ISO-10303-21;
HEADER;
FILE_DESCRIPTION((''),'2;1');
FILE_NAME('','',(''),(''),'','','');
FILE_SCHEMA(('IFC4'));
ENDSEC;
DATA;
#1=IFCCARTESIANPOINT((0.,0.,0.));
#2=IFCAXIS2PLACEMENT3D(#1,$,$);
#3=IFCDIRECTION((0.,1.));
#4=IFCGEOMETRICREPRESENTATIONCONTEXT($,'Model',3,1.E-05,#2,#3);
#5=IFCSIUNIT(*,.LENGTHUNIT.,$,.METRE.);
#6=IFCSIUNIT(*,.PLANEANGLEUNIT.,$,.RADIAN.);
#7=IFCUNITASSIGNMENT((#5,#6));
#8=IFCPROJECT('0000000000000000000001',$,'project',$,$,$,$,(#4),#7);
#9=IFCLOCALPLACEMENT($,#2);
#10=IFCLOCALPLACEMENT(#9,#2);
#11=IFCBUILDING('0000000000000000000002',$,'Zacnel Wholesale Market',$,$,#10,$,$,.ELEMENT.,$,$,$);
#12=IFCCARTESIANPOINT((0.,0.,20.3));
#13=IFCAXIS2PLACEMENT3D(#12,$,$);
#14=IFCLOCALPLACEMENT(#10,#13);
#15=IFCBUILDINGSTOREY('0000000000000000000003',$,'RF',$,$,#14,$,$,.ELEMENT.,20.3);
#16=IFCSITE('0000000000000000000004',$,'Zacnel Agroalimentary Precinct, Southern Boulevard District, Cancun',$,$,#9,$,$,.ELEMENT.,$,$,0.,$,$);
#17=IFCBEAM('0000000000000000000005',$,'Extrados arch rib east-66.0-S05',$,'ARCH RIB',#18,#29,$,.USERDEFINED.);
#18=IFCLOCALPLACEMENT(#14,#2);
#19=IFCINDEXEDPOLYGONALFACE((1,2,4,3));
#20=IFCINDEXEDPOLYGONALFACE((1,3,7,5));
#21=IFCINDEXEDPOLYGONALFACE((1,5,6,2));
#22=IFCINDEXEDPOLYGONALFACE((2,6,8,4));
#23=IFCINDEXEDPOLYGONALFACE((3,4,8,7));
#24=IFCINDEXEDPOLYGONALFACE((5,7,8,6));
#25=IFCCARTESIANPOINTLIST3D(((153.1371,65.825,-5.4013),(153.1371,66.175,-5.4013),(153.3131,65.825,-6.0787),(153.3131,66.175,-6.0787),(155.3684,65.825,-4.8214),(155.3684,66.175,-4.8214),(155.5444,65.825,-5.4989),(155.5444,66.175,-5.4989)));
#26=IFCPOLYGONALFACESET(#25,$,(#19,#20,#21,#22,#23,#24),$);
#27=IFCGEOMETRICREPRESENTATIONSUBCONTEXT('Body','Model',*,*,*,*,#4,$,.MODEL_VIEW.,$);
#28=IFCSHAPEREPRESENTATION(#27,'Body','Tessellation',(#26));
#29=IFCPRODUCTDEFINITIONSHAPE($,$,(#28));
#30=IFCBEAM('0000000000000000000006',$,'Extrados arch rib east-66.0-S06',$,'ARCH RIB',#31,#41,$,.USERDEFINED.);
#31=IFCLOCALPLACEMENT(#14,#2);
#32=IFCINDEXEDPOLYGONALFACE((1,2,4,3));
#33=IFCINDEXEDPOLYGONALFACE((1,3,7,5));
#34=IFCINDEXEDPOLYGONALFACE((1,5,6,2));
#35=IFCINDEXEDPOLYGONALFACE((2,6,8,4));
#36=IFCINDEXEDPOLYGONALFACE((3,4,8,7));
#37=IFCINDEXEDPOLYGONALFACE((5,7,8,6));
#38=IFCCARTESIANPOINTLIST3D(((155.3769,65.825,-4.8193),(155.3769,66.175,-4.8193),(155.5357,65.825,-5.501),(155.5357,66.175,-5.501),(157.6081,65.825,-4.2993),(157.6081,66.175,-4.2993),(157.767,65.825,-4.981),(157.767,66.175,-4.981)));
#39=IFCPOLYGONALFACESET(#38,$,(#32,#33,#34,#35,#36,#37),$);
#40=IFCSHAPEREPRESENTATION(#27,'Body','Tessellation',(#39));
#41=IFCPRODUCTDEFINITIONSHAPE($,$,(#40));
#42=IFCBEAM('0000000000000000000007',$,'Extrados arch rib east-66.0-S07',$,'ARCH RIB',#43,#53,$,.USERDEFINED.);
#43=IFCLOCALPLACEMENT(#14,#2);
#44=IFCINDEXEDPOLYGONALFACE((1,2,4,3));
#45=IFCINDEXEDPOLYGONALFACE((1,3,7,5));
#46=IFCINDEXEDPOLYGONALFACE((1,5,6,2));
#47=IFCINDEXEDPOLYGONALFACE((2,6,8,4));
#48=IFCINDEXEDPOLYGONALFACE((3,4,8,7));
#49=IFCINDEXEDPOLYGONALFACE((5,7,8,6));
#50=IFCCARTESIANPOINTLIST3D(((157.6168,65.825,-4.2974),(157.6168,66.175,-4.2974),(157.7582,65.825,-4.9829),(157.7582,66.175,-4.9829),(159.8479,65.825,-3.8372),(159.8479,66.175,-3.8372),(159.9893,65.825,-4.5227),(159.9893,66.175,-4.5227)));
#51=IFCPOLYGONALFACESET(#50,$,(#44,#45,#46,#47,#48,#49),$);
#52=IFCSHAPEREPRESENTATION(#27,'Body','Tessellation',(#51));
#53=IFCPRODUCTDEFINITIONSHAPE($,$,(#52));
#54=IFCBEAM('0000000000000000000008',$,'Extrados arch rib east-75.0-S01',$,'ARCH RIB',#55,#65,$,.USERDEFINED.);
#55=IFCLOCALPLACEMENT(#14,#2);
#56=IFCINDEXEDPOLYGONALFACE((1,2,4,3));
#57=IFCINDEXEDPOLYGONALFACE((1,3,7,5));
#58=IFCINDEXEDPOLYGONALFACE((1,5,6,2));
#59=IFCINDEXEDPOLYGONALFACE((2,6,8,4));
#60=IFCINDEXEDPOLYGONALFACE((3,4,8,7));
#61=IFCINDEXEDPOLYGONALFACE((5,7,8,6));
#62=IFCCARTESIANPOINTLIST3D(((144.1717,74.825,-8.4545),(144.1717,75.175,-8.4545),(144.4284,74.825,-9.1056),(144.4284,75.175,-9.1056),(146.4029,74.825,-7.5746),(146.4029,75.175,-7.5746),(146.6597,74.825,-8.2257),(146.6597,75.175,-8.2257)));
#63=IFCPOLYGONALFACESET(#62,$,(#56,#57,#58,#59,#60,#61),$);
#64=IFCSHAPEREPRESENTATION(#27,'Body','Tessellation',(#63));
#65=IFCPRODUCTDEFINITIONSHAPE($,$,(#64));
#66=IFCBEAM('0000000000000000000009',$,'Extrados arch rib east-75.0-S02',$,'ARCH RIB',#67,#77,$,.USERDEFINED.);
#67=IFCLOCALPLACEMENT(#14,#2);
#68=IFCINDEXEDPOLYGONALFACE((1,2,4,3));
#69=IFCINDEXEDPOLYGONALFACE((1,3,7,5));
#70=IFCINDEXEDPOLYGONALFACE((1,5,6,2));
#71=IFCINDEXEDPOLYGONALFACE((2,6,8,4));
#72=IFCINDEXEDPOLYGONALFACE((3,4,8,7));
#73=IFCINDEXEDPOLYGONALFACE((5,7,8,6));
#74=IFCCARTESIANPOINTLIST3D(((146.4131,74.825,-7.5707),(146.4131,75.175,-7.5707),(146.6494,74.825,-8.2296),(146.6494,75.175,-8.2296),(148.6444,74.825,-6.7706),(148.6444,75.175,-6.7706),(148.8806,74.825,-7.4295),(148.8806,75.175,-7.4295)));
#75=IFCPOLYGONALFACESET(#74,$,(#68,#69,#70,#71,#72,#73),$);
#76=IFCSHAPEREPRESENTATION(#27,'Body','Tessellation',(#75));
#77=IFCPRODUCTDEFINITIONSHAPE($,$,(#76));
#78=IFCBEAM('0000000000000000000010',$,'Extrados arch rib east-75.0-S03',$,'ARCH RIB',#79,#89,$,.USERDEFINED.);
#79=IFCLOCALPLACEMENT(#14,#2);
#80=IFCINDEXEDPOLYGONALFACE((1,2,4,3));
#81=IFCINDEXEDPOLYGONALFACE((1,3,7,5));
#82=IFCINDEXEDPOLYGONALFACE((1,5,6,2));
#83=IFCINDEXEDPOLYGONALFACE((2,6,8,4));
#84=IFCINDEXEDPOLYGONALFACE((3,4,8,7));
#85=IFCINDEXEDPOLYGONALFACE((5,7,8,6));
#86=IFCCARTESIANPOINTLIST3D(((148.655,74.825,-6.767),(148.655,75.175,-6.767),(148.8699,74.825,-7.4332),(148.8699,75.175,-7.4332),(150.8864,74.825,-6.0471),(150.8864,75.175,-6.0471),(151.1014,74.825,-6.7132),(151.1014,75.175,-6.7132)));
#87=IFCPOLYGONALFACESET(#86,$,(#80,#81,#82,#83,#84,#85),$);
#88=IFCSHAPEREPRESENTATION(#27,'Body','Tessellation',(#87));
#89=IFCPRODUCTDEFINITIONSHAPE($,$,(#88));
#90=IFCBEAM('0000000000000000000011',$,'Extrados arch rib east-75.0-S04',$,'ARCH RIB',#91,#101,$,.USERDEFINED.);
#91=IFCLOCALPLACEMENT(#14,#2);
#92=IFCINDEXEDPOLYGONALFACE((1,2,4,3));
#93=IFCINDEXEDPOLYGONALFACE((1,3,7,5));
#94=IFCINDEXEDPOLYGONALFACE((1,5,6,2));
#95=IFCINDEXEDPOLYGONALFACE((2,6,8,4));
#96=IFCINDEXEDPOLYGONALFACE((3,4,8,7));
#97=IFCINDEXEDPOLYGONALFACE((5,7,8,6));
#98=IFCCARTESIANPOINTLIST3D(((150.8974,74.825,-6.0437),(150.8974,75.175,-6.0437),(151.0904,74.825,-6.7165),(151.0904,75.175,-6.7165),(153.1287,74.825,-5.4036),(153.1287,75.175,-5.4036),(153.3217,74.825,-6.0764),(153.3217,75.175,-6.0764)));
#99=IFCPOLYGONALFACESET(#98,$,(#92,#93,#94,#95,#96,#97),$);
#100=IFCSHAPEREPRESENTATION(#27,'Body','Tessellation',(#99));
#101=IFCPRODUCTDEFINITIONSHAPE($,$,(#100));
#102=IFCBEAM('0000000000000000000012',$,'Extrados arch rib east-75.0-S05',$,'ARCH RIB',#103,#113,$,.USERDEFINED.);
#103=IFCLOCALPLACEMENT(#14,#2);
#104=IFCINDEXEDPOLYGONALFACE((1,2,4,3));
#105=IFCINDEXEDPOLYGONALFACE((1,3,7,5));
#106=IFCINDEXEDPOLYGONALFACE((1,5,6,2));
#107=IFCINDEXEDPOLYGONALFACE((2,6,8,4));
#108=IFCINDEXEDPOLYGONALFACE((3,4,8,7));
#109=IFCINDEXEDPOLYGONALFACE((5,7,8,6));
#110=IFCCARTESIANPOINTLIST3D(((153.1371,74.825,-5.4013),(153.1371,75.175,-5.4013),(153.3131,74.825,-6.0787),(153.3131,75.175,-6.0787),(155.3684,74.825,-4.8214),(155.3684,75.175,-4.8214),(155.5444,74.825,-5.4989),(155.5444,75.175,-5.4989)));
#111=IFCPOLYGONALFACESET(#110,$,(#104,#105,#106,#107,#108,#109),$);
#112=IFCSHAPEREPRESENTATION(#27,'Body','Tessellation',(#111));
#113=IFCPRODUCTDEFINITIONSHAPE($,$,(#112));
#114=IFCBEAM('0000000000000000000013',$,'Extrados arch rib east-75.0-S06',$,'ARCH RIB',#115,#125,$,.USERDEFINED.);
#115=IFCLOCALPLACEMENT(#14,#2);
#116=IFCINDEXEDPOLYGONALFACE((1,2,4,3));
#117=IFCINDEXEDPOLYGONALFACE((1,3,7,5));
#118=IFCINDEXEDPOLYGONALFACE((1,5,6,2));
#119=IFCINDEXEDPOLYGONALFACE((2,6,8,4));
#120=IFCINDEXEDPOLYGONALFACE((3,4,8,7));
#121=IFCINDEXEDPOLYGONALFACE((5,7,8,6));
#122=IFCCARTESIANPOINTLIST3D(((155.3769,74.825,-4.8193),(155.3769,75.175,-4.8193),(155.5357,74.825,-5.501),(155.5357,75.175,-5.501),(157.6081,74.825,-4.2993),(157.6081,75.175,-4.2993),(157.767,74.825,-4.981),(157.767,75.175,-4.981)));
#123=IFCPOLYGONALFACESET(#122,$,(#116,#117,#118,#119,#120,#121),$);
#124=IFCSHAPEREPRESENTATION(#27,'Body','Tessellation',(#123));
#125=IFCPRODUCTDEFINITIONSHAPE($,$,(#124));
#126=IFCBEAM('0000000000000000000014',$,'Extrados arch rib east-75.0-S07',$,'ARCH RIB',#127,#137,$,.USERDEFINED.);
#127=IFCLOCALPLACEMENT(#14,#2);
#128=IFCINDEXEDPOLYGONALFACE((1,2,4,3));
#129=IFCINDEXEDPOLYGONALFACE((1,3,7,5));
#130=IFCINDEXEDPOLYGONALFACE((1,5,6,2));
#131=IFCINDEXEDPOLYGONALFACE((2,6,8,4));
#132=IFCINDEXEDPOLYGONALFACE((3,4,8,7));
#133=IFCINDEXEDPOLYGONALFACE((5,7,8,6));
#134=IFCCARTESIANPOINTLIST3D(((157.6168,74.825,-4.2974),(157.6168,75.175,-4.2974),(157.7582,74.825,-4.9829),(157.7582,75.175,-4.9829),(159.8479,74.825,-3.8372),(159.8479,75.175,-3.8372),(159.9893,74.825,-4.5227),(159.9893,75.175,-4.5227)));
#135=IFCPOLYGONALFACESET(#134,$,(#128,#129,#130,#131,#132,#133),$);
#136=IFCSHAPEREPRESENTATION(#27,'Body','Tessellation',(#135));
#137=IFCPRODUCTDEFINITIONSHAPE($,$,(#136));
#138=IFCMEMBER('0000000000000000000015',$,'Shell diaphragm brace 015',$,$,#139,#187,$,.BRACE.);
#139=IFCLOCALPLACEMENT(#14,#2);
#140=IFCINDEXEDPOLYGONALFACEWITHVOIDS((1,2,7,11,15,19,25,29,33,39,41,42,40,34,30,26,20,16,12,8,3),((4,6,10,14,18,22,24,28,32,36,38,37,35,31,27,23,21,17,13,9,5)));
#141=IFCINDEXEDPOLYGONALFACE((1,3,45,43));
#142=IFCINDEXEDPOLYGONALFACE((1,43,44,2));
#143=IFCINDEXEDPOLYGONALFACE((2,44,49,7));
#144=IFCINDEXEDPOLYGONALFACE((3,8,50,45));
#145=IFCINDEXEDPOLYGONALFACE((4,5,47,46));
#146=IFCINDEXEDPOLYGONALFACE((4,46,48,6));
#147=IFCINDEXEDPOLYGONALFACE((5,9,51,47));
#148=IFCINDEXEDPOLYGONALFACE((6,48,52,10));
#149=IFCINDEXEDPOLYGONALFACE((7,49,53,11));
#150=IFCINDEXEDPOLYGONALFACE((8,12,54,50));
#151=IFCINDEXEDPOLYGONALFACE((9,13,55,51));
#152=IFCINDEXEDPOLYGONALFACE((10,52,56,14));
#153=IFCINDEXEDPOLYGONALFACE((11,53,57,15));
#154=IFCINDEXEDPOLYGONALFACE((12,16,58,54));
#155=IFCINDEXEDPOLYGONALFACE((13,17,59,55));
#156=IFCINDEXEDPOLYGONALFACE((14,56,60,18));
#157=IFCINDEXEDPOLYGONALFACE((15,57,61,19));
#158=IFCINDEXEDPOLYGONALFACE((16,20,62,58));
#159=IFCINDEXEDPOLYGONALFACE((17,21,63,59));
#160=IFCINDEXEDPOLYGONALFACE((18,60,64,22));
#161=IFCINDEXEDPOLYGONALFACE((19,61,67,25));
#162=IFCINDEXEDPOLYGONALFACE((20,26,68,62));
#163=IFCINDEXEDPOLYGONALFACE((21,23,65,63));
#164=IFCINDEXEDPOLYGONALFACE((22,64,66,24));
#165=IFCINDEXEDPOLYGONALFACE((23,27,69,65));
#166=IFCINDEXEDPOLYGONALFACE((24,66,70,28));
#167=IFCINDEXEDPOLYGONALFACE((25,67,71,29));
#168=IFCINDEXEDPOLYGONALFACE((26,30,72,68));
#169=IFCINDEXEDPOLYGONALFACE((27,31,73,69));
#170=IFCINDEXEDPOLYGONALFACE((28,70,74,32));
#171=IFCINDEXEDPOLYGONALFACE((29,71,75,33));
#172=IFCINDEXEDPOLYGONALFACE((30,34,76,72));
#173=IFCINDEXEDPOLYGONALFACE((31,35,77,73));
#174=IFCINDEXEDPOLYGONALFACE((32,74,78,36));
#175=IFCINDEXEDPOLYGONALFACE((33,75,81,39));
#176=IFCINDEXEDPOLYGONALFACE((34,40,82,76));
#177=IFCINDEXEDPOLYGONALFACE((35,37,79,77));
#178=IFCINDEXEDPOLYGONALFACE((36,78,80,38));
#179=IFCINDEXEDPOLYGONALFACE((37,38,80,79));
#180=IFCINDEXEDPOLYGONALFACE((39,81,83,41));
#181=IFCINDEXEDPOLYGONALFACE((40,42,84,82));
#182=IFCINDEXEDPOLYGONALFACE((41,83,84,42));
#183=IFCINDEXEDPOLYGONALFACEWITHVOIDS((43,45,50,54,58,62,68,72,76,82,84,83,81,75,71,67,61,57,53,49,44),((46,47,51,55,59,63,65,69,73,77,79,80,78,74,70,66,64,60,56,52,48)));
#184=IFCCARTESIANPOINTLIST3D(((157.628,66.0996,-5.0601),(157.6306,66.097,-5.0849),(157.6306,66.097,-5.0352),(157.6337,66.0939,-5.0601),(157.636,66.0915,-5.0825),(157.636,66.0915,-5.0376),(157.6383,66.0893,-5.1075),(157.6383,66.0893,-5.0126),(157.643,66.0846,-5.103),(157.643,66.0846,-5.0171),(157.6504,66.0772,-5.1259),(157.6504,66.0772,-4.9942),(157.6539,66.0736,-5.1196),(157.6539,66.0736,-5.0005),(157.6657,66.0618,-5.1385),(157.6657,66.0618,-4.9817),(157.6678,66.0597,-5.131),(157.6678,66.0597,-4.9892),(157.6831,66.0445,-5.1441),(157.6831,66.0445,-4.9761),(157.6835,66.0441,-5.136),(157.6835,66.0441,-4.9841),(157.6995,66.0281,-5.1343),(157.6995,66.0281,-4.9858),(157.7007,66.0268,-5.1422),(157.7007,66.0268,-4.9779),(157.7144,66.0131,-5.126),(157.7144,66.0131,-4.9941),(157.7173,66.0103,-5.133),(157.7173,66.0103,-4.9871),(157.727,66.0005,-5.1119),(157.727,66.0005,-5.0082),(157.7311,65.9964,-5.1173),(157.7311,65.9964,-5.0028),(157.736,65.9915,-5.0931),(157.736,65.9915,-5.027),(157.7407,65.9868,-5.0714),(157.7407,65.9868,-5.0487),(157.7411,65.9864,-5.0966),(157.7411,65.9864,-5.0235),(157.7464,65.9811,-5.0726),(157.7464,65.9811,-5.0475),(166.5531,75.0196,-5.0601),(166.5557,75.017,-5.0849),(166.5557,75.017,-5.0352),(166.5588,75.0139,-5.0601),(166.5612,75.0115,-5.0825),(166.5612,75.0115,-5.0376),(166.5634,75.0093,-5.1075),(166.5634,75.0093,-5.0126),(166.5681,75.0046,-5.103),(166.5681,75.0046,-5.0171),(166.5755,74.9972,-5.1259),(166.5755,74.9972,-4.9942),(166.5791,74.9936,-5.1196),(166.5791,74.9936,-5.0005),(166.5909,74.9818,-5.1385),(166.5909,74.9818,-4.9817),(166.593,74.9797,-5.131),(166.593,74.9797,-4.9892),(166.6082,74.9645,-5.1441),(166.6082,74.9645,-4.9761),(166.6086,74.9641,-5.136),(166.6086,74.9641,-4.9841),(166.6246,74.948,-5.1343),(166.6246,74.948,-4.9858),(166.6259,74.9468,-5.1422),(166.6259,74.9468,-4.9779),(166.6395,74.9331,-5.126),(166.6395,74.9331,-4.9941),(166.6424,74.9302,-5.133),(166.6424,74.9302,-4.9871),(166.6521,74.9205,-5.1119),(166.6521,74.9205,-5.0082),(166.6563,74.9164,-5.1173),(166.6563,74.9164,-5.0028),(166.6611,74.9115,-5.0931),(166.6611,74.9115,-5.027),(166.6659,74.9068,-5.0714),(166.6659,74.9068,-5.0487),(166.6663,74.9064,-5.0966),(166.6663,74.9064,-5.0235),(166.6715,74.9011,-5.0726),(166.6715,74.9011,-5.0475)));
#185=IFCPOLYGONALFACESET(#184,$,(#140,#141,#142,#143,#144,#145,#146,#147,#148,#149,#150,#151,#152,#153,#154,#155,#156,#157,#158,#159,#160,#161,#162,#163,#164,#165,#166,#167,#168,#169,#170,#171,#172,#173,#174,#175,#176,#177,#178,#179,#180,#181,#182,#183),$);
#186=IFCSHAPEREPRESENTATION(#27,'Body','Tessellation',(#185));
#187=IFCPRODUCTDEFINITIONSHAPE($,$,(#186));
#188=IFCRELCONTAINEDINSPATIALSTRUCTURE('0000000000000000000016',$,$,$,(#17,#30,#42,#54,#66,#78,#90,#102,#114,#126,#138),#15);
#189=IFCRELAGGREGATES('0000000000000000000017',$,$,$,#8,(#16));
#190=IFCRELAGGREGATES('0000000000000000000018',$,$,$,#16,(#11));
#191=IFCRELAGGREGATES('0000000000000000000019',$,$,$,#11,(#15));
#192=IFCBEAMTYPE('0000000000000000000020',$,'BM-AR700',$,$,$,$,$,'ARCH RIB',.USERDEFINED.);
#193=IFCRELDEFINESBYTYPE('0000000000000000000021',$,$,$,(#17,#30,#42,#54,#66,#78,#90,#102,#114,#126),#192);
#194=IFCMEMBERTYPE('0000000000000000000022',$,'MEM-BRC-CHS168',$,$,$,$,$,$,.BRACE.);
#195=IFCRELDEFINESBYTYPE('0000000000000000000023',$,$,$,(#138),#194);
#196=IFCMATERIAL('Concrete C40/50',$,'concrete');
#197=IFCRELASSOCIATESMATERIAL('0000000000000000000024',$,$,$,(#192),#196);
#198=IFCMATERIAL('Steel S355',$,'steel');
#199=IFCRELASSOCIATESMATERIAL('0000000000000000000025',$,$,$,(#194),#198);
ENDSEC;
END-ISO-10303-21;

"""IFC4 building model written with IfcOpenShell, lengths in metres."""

from ifc_helpers import new_model, si_unit, direction, frame, origin, origin_2d, place, context, subcontext, project, spatial, rectangle, hollow_circle, extrude, material, material_profile, profile_set, type_object, element, save


model = new_model("IFC4")

# Units and contexts
model_context = context("Model", 3, precision=1e-05, world=origin(), true_north=direction((0.0, 1.0)))
body_context = subcontext(model_context, "Body", "Model", "MODEL_VIEW")
ifc_project = project(units=[si_unit("LENGTHUNIT", "METRE"), si_unit("PLANEANGLEUNIT", "RADIAN")], contexts=[model_context])

# Site, building, storey
site_placement = place(None, origin())
site = spatial("IfcSite", under=ifc_project, at=site_placement, Name="Zacnel Agroalimentary Precinct, Southern Boulevard District, Cancun", CompositionType="ELEMENT", RefElevation=0.0)
building_placement = place(site_placement, origin())
building = spatial("IfcBuilding", under=site, at=building_placement, Name="Zacnel Wholesale Market", CompositionType="ELEMENT")
storey_placement = place(building_placement, frame((0.0, 0.0, 20.3)))
storey = spatial("IfcBuildingStorey", under=building, at=storey_placement, Name="RF", CompositionType="ELEMENT", Elevation=20.3)

# Beams
ifc_material_1 = material(Name="Concrete C40/50", Category="concrete")
ifc_material_profile_1 = material_profile(ifc_material_1, rectangle(XDim=0.3501, YDim=0.7, at=origin_2d()), Name="ARCH RIB 350x700")
ifc_profile_set_1 = profile_set([ifc_material_profile_1], Name="Concrete C40/50")
beam_type = type_object("IfcBeamType", Name="BM-AR700", ElementType="ARCH RIB", PredefinedType="USERDEFINED", material=ifc_profile_set_1)
beam_1_placement = place(storey_placement, frame((153.2251, 66.0, -5.74), z_axis=(0.967852, 0.0, 0.251521), x_axis=(0.0, 1.0, 0.0)))
element("IfcBeam", 1, at=beam_1_placement, inside=storey, type_object=beam_type, Name="Extrados arch rib east-66.0-S05", ObjectType="ARCH RIB", PredefinedType="USERDEFINED", context=body_context, shape_type="SweptSolid", body=[
    extrude(rectangle(XDim=0.3501, YDim=0.7, at=origin_2d()), origin(), (0.0, 0.0, 1.0), 2.3054),
])
beam_2_placement = place(storey_placement, frame((155.4563, 66.0, -5.1602), z_axis=(0.973899, 0.0, 0.226984), x_axis=(0.0, 1.0, 0.0)))
element("IfcBeam", 2, at=beam_2_placement, inside=storey, type_object=beam_type, Name="Extrados arch rib east-66.0-S06", ObjectType="ARCH RIB", PredefinedType="USERDEFINED", context=body_context, shape_type="SweptSolid", body=[
    extrude(rectangle(XDim=0.3501, YDim=0.7, at=origin_2d()), origin(), (0.0, 0.0, 1.0), 2.291),
])
beam_3_placement = place(storey_placement, frame((157.6875, 66.0, -4.6401), z_axis=(0.979384, 0.0, 0.202007), x_axis=(0.0, 1.0, 0.0)))
element("IfcBeam", 3, at=beam_3_placement, inside=storey, type_object=beam_type, Name="Extrados arch rib east-66.0-S07", ObjectType="ARCH RIB", PredefinedType="USERDEFINED", context=body_context, shape_type="SweptSolid", body=[
    extrude(rectangle(XDim=0.3501, YDim=0.7, at=origin_2d()), origin(), (0.0, 0.0, 1.0), 2.2781),
])
beam_4_placement = place(storey_placement, frame((144.3, 75.0, -8.78), z_axis=(0.930277, 0.0, 0.366858), x_axis=(0.0, 1.0, 0.0)))
element("IfcBeam", 4, at=beam_4_placement, inside=storey, type_object=beam_type, Name="Extrados arch rib east-75.0-S01", ObjectType="ARCH RIB", PredefinedType="USERDEFINED", context=body_context, shape_type="SweptSolid", body=[
    extrude(rectangle(XDim=0.3501, YDim=0.7, at=origin_2d()), origin(), (0.0, 0.0, 1.0), 2.3984),
])
beam_5_placement = place(storey_placement, frame((146.5312, 75.0, -7.9001), z_axis=(0.941315, 0.0, 0.33753), x_axis=(0.0, 1.0, 0.0)))
element("IfcBeam", 5, at=beam_5_placement, inside=storey, type_object=beam_type, Name="Extrados arch rib east-75.0-S02", ObjectType="ARCH RIB", PredefinedType="USERDEFINED", context=body_context, shape_type="SweptSolid", body=[
    extrude(rectangle(XDim=0.3501, YDim=0.7, at=origin_2d()), origin(), (0.0, 0.0, 1.0), 2.3704),
])
beam_6_placement = place(storey_placement, frame((148.7625, 75.0, -7.1001), z_axis=(0.95169, 0.0, 0.307061), x_axis=(0.0, 1.0, 0.0)))
element("IfcBeam", 6, at=beam_6_placement, inside=storey, type_object=beam_type, Name="Extrados arch rib east-75.0-S03", ObjectType="ARCH RIB", PredefinedType="USERDEFINED", context=body_context, shape_type="SweptSolid", body=[
    extrude(rectangle(XDim=0.3501, YDim=0.7, at=origin_2d()), origin(), (0.0, 0.0, 1.0), 2.3447),
])
beam_7_placement = place(storey_placement, frame((150.9939, 75.0, -6.3801), z_axis=(0.961222, 0.0, 0.275777), x_axis=(0.0, 1.0, 0.0)))
element("IfcBeam", 7, at=beam_7_placement, inside=storey, type_object=beam_type, Name="Extrados arch rib east-75.0-S04", ObjectType="ARCH RIB", PredefinedType="USERDEFINED", context=body_context, shape_type="SweptSolid", body=[
    extrude(rectangle(XDim=0.3501, YDim=0.7, at=origin_2d()), origin(), (0.0, 0.0, 1.0), 2.3213),
])
beam_8_placement = place(storey_placement, frame((153.2251, 75.0, -5.74), z_axis=(0.967852, 0.0, 0.251521), x_axis=(0.0, 1.0, 0.0)))
element("IfcBeam", 8, at=beam_8_placement, inside=storey, type_object=beam_type, Name="Extrados arch rib east-75.0-S05", ObjectType="ARCH RIB", PredefinedType="USERDEFINED", context=body_context, shape_type="SweptSolid", body=[
    extrude(rectangle(XDim=0.3501, YDim=0.7, at=origin_2d()), origin(), (0.0, 0.0, 1.0), 2.3054),
])
beam_9_placement = place(storey_placement, frame((155.4563, 75.0, -5.1602), z_axis=(0.973899, 0.0, 0.226984), x_axis=(0.0, 1.0, 0.0)))
element("IfcBeam", 9, at=beam_9_placement, inside=storey, type_object=beam_type, Name="Extrados arch rib east-75.0-S06", ObjectType="ARCH RIB", PredefinedType="USERDEFINED", context=body_context, shape_type="SweptSolid", body=[
    extrude(rectangle(XDim=0.3501, YDim=0.7, at=origin_2d()), origin(), (0.0, 0.0, 1.0), 2.291),
])
beam_10_placement = place(storey_placement, frame((157.6875, 75.0, -4.6401), z_axis=(0.979384, 0.0, 0.202007), x_axis=(0.0, 1.0, 0.0)))
element("IfcBeam", 10, at=beam_10_placement, inside=storey, type_object=beam_type, Name="Extrados arch rib east-75.0-S07", ObjectType="ARCH RIB", PredefinedType="USERDEFINED", context=body_context, shape_type="SweptSolid", body=[
    extrude(rectangle(XDim=0.3501, YDim=0.7, at=origin_2d()), origin(), (0.0, 0.0, 1.0), 2.2781),
])

# Member
ifc_material_2 = material(Name="Steel S355", Category="steel")
ifc_material_profile_2 = material_profile(ifc_material_2, hollow_circle(Radius=0.0842, WallThickness=0.0081, at=origin_2d()), Name="CHS 168.3x8")
ifc_profile_set_2 = profile_set([ifc_material_profile_2], Name="Steel S355")
member_type_1 = type_object("IfcMemberType", Name="MEM-BRC-CHS168", PredefinedType="BRACE", material=ifc_profile_set_2)
member_1_placement = place(storey_placement, frame((157.6875, 66.04, -5.0601), z_axis=(0.70731, 0.706904, 0.0), x_axis=(-0.706904, 0.70731, 0.0)))
element("IfcMember", 11, at=member_1_placement, inside=storey, type_object=member_type_1, Name="Shell diaphragm brace 015", PredefinedType="BRACE", context=body_context, shape_type="SweptSolid", body=[
    extrude(hollow_circle(Radius=0.0842, WallThickness=0.0081, at=origin_2d()), origin(), (0.0, 0.0, 1.0), 12.6184),
])

save(model, "model.ifc")
